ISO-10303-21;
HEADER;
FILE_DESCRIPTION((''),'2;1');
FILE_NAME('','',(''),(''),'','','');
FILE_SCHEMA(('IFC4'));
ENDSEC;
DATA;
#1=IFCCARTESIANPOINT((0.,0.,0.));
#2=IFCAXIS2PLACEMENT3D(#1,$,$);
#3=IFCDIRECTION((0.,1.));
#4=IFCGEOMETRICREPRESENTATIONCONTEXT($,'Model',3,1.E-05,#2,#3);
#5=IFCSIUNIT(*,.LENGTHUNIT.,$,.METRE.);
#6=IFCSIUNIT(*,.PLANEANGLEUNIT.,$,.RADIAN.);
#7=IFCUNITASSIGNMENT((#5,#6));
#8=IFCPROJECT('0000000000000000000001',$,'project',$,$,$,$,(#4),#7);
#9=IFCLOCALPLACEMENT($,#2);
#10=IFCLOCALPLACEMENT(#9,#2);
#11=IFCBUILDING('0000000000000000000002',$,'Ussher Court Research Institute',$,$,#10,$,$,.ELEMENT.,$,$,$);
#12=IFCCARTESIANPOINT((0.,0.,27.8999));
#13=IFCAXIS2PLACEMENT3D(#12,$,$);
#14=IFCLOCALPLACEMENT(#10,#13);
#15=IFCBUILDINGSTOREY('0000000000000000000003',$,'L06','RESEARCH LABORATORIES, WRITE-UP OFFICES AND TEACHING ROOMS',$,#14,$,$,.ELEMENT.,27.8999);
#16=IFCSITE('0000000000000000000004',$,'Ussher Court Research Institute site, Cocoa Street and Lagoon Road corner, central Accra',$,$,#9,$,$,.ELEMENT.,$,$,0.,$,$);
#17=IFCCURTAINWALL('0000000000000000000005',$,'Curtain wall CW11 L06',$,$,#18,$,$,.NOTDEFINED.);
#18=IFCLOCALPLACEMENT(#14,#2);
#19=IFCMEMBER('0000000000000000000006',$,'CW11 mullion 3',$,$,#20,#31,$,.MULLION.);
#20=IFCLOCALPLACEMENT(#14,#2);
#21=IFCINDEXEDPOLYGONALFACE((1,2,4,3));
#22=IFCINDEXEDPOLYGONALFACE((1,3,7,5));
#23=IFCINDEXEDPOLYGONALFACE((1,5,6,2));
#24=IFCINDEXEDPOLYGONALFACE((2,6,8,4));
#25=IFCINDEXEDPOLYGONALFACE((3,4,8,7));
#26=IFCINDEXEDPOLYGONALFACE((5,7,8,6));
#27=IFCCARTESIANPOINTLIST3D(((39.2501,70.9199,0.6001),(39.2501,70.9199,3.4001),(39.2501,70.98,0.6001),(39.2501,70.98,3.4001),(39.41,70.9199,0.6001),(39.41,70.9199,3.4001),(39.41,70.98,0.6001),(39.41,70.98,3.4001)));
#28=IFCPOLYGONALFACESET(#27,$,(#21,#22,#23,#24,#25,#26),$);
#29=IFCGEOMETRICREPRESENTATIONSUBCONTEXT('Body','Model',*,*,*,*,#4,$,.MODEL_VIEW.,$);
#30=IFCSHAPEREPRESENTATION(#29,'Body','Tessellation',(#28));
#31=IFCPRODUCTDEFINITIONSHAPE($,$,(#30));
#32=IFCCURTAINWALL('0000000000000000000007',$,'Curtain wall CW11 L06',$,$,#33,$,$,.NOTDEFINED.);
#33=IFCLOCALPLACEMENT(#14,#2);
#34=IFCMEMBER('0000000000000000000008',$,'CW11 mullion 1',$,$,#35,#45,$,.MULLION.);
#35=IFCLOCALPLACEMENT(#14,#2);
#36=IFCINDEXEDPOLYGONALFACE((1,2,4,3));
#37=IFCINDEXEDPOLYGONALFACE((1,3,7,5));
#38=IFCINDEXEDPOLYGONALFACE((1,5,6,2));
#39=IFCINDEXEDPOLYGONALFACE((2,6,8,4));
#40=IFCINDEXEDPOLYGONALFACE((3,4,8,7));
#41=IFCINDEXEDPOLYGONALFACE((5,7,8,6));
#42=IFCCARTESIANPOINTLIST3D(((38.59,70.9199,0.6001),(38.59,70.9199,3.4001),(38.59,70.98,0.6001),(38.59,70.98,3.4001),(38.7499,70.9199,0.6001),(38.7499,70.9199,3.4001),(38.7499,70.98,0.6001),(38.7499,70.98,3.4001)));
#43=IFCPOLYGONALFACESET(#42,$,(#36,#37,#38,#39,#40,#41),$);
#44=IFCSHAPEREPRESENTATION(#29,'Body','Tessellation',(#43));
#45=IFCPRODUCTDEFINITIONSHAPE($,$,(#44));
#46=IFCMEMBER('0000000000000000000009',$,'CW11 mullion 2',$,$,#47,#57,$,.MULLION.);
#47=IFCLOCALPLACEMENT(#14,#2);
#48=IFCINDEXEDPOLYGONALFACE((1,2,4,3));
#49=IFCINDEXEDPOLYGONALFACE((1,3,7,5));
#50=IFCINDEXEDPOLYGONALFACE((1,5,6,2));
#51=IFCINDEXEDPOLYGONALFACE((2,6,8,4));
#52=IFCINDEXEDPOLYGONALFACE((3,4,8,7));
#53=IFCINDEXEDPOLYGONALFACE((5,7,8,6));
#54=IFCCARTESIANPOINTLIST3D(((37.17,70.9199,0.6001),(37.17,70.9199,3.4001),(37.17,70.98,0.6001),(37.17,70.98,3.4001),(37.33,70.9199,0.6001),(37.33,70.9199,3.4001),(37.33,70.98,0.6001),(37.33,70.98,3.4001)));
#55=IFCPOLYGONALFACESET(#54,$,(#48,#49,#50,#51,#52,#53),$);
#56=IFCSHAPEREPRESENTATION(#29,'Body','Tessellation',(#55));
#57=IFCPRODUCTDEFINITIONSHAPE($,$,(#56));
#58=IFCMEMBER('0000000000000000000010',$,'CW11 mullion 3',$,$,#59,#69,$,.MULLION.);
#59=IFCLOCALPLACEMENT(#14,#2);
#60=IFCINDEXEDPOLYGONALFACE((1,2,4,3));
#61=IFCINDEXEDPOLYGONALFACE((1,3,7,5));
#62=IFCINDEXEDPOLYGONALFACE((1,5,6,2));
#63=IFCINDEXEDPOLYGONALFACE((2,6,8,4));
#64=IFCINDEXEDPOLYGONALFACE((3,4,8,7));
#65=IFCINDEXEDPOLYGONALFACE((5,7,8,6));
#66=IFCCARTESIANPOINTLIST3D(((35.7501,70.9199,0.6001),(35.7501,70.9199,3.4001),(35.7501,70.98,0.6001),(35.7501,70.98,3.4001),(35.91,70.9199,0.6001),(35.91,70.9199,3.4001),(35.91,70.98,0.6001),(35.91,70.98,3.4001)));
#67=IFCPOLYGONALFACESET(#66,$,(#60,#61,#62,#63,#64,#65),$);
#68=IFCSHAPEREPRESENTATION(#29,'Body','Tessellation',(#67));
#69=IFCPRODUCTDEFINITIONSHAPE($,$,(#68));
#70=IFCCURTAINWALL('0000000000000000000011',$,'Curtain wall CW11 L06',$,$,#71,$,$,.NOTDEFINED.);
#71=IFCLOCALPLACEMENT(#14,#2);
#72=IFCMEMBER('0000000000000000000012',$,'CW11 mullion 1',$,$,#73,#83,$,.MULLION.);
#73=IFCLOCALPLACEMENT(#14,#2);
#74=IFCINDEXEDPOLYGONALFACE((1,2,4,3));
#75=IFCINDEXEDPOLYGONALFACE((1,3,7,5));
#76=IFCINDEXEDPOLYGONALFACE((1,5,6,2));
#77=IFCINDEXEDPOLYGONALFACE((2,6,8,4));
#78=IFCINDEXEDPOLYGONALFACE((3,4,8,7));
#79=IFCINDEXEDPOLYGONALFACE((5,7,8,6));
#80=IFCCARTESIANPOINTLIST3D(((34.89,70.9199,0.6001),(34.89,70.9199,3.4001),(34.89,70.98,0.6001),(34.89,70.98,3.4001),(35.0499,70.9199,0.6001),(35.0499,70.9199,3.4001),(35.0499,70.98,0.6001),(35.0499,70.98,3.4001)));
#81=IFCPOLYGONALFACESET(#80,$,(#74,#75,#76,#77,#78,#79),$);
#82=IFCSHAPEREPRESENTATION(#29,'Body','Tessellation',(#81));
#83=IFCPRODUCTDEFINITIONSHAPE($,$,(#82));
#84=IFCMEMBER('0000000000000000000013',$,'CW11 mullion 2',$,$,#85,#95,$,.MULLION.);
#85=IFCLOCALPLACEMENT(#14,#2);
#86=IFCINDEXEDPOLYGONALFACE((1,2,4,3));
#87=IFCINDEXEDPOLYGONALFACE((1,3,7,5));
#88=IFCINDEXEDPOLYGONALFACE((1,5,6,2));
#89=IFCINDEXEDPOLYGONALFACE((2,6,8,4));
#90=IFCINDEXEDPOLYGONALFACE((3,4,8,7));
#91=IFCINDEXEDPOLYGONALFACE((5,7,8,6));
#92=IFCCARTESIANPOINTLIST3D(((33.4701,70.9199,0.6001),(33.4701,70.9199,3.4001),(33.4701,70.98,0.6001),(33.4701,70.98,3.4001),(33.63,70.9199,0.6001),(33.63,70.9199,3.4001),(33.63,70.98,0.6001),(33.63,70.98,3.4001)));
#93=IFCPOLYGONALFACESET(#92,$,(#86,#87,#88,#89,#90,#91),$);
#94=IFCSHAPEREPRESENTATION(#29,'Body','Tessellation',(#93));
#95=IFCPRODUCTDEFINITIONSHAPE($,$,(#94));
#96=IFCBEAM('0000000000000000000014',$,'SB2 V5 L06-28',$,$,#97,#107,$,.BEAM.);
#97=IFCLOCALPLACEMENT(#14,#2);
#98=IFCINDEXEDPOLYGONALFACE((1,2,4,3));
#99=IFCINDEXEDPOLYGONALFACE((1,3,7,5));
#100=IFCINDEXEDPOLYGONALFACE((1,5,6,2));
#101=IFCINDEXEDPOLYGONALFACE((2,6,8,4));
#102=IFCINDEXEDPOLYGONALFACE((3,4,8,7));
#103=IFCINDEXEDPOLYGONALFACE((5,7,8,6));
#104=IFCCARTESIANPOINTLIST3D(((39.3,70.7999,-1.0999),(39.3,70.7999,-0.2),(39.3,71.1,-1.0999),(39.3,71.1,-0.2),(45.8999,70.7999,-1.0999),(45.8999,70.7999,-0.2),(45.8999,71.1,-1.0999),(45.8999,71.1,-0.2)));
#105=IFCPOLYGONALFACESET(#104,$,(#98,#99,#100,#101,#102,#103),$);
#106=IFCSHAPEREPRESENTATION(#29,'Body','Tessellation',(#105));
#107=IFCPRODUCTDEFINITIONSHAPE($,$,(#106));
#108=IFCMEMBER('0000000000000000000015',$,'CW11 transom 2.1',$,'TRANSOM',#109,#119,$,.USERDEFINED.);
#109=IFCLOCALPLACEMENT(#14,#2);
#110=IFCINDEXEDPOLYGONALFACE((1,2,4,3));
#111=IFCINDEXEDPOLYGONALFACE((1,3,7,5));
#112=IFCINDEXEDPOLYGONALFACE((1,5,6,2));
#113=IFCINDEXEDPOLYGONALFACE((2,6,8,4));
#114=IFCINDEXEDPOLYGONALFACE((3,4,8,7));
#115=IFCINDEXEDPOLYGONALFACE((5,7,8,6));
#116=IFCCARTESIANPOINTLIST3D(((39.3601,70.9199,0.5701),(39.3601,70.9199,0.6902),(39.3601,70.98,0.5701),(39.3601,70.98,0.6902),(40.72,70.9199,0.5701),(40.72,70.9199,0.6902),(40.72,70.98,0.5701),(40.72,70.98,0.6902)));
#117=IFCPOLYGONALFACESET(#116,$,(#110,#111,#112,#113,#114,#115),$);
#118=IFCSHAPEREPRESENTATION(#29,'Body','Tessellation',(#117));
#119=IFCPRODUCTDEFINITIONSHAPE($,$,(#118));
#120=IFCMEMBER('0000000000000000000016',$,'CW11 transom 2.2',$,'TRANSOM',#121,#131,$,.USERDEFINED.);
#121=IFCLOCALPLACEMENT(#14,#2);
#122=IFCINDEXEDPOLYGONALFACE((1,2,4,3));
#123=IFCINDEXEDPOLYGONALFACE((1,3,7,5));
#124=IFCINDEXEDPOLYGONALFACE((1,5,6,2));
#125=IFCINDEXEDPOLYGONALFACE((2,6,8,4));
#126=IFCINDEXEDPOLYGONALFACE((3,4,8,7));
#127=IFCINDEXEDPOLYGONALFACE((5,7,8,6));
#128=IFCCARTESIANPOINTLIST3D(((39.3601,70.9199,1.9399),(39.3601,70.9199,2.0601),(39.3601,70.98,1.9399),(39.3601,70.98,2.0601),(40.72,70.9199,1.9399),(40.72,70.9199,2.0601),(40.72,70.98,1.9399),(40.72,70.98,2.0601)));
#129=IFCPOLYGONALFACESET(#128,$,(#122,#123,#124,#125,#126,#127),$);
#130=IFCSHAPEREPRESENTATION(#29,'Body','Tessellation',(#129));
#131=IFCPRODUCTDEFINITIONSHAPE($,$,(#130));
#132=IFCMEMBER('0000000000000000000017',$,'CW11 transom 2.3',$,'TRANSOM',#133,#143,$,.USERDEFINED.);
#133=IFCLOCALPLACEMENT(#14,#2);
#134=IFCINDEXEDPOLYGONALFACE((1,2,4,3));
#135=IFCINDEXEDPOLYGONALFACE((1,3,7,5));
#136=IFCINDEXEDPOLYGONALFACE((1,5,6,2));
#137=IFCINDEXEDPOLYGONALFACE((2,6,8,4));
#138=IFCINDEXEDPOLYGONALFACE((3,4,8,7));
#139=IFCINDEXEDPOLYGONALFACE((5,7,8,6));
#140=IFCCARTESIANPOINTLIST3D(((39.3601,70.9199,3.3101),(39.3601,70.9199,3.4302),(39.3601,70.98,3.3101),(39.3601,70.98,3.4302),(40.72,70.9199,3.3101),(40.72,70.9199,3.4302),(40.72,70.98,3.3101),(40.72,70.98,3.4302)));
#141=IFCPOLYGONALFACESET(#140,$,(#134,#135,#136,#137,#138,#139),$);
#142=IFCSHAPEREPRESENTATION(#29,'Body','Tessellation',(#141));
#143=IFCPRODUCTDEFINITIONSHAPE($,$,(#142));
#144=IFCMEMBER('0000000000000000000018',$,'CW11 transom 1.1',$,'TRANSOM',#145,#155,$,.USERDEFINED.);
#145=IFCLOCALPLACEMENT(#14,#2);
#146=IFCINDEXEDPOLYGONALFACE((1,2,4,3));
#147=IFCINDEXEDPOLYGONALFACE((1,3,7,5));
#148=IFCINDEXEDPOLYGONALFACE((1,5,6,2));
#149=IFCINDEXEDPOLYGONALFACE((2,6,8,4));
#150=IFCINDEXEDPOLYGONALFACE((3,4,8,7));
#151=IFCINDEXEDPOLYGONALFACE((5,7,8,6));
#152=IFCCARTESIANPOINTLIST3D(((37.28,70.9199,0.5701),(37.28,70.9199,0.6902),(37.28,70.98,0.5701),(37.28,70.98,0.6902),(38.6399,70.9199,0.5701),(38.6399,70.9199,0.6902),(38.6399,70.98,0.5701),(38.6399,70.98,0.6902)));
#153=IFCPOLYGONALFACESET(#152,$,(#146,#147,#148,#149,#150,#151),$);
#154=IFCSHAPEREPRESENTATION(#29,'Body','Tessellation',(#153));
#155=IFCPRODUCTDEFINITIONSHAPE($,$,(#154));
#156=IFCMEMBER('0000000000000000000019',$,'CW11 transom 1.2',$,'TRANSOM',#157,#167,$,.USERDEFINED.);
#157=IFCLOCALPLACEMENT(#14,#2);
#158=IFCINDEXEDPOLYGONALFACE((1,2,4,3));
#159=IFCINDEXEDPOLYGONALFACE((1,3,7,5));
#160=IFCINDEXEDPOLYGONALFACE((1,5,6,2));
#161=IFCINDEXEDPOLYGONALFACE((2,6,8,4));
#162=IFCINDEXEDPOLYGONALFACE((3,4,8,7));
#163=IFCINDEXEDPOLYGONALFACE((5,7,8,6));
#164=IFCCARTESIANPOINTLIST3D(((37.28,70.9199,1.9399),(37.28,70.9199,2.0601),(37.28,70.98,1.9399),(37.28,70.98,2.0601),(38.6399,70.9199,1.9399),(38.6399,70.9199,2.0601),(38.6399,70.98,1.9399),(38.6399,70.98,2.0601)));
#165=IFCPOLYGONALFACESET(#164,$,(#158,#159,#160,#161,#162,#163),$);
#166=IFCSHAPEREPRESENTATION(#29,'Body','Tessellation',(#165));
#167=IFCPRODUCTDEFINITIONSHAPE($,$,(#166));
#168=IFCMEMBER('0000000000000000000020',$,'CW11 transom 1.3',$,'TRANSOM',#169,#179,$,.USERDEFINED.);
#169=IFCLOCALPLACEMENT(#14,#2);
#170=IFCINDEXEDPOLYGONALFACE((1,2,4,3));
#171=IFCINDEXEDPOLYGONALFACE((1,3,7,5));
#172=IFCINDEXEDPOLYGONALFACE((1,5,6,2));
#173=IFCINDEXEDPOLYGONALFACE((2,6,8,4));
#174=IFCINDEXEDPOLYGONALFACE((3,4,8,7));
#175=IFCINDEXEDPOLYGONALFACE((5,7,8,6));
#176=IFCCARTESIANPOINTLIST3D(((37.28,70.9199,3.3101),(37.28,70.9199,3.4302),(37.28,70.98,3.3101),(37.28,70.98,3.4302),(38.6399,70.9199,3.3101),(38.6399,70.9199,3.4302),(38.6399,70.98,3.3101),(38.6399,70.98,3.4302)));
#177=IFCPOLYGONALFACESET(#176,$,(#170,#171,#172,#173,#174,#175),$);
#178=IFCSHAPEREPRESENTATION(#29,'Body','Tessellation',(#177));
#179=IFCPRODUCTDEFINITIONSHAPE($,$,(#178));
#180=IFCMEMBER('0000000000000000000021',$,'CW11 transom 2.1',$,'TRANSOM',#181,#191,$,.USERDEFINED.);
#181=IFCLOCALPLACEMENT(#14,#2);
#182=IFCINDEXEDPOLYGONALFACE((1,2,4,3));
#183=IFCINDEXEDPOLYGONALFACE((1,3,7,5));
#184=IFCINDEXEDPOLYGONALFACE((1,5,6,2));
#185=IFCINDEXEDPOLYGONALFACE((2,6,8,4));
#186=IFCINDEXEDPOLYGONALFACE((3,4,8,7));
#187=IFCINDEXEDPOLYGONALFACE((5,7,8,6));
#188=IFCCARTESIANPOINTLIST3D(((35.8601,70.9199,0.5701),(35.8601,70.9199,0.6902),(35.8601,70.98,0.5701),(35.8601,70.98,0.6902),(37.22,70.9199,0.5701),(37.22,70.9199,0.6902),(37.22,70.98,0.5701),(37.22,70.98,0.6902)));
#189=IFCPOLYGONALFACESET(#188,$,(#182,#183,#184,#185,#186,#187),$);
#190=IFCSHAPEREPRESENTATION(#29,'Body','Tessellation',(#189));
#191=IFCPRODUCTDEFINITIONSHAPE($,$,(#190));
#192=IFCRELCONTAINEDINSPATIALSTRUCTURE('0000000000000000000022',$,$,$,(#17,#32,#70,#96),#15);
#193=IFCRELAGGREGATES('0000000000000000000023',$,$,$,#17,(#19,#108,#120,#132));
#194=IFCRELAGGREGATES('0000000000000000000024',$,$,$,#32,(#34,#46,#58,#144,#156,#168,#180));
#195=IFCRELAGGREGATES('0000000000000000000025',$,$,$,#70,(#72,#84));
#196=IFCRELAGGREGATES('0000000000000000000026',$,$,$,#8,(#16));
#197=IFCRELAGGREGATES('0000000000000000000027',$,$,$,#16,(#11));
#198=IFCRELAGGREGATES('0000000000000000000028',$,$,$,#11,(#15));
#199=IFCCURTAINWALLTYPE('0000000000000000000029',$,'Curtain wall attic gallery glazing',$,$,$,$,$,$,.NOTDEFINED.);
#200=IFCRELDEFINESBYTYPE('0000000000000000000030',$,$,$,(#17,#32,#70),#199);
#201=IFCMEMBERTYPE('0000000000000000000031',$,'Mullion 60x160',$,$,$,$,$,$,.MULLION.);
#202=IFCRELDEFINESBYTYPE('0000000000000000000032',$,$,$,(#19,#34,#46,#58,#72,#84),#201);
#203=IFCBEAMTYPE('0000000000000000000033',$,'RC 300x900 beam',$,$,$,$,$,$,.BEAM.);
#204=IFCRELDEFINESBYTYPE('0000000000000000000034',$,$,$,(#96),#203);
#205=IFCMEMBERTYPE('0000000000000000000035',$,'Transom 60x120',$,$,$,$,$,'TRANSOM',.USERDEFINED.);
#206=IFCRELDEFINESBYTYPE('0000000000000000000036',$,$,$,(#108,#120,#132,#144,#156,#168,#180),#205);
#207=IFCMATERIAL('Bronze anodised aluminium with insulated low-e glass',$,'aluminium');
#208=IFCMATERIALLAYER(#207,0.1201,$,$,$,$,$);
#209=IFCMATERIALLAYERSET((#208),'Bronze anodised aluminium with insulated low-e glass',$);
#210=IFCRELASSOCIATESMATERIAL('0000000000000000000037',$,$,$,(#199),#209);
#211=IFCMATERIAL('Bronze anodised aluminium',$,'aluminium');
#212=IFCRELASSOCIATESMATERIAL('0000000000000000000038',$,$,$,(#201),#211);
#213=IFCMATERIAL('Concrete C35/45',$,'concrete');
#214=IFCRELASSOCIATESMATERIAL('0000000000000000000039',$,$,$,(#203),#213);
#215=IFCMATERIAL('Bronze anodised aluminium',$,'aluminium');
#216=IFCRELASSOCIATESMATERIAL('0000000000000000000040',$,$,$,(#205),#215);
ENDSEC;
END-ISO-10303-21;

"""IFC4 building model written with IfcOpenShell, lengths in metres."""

from ifc_helpers import new_model, si_unit, direction, frame, origin, origin_2d, place, context, subcontext, project, spatial, rectangle, extrude, material, layer, layer_set, material_profile, profile_set, type_object, element, aggregate, save


model = new_model("IFC4")

# Units and contexts
model_context = context("Model", 3, precision=1e-05, world=origin(), true_north=direction((0.0, 1.0)))
body_context = subcontext(model_context, "Body", "Model", "MODEL_VIEW")
ifc_project = project(units=[si_unit("LENGTHUNIT", "METRE"), si_unit("PLANEANGLEUNIT", "RADIAN")], contexts=[model_context])

# Site, building, storey
site_placement = place(None, origin())
site = spatial("IfcSite", under=ifc_project, at=site_placement, Name="Ussher Court Research Institute site, Cocoa Street and Lagoon Road corner, central Accra", CompositionType="ELEMENT", RefElevation=0.0)
building_placement = place(site_placement, origin())
building = spatial("IfcBuilding", under=site, at=building_placement, Name="Ussher Court Research Institute", CompositionType="ELEMENT")
storey_placement = place(building_placement, frame((0.0, 0.0, 27.8999)))
storey = spatial("IfcBuildingStorey", under=building, at=storey_placement, Name="L06", Description="RESEARCH LABORATORIES, WRITE-UP OFFICES AND TEACHING ROOMS", CompositionType="ELEMENT", Elevation=27.8999)

# Curtain wall, member
ifc_material_1 = material(Name="Bronze anodised aluminium with insulated low-e glass", Category="aluminium")
ifc_layer_1 = layer(ifc_material_1, 0.1201)
ifc_layer_set_1 = layer_set([ifc_layer_1], Name="Bronze anodised aluminium with insulated low-e glass")
curtain_wall_type = type_object("IfcCurtainWallType", Name="Curtain wall attic gallery glazing", PredefinedType="NOTDEFINED", material=ifc_layer_set_1)
curtain_wall_1_placement = place(storey_placement, origin())
curtain_wall_1 = element("IfcCurtainWall", 1, at=curtain_wall_1_placement, inside=storey, type_object=curtain_wall_type, Name="Curtain wall CW11 L06", PredefinedType="NOTDEFINED")
ifc_material_2 = material(Name="Bronze anodised aluminium", Category="aluminium")
ifc_material_profile_1 = material_profile(ifc_material_2, rectangle(XDim=0.0601, YDim=0.1599, at=origin_2d()), Name="Mullion 60x160")
ifc_profile_set_1 = profile_set([ifc_material_profile_1], Name="Bronze anodised aluminium")
member_type_1 = type_object("IfcMemberType", Name="Mullion 60x160", PredefinedType="MULLION", material=ifc_profile_set_1)
member_1_placement = place(storey_placement, frame((39.3301, 70.95, 0.6001), z_axis=(0.0, 0.0, 1.0), x_axis=(0.0, -1.0, 0.0)))
member_1 = element("IfcMember", 2, at=member_1_placement, type_object=member_type_1, Name="CW11 mullion 3", PredefinedType="MULLION", context=body_context, shape_type="SweptSolid", body=[
    extrude(rectangle(XDim=0.0601, YDim=0.1599, at=origin_2d()), origin(), (0.0, 0.0, 1.0), 2.8),
])

# Curtain walls, members
curtain_wall_2_placement = place(storey_placement, origin())
curtain_wall_2 = element("IfcCurtainWall", 3, at=curtain_wall_2_placement, inside=storey, type_object=curtain_wall_type, Name="Curtain wall CW11 L06", PredefinedType="NOTDEFINED")
member_2_placement = place(storey_placement, frame((38.6699, 70.95, 0.6001), z_axis=(0.0, 0.0, 1.0), x_axis=(0.0, -1.0, 0.0)))
member_2 = element("IfcMember", 4, at=member_2_placement, type_object=member_type_1, Name="CW11 mullion 1", PredefinedType="MULLION", context=body_context, shape_type="SweptSolid", body=[
    extrude(rectangle(XDim=0.0601, YDim=0.1599, at=origin_2d()), origin(), (0.0, 0.0, 1.0), 2.8),
])
member_3_placement = place(storey_placement, frame((37.25, 70.95, 0.6001), z_axis=(0.0, 0.0, 1.0), x_axis=(0.0, -1.0, 0.0)))
member_3 = element("IfcMember", 5, at=member_3_placement, type_object=member_type_1, Name="CW11 mullion 2", PredefinedType="MULLION", context=body_context, shape_type="SweptSolid", body=[
    extrude(rectangle(XDim=0.0601, YDim=0.1599, at=origin_2d()), origin(), (0.0, 0.0, 1.0), 2.8),
])
member_4_placement = place(storey_placement, frame((35.8301, 70.95, 0.6001), z_axis=(0.0, 0.0, 1.0), x_axis=(0.0, -1.0, 0.0)))
member_4 = element("IfcMember", 6, at=member_4_placement, type_object=member_type_1, Name="CW11 mullion 3", PredefinedType="MULLION", context=body_context, shape_type="SweptSolid", body=[
    extrude(rectangle(XDim=0.0601, YDim=0.1599, at=origin_2d()), origin(), (0.0, 0.0, 1.0), 2.8),
])
curtain_wall_3_placement = place(storey_placement, origin())
curtain_wall_3 = element("IfcCurtainWall", 7, at=curtain_wall_3_placement, inside=storey, type_object=curtain_wall_type, Name="Curtain wall CW11 L06", PredefinedType="NOTDEFINED")
member_5_placement = place(storey_placement, frame((34.97, 70.95, 0.6001), z_axis=(0.0, 0.0, 1.0), x_axis=(0.0, -1.0, 0.0)))
member_5 = element("IfcMember", 8, at=member_5_placement, type_object=member_type_1, Name="CW11 mullion 1", PredefinedType="MULLION", context=body_context, shape_type="SweptSolid", body=[
    extrude(rectangle(XDim=0.0601, YDim=0.1599, at=origin_2d()), origin(), (0.0, 0.0, 1.0), 2.8),
])
member_6_placement = place(storey_placement, frame((33.55, 70.95, 0.6001), z_axis=(0.0, 0.0, 1.0), x_axis=(0.0, -1.0, 0.0)))
member_6 = element("IfcMember", 9, at=member_6_placement, type_object=member_type_1, Name="CW11 mullion 2", PredefinedType="MULLION", context=body_context, shape_type="SweptSolid", body=[
    extrude(rectangle(XDim=0.0601, YDim=0.1599, at=origin_2d()), origin(), (0.0, 0.0, 1.0), 2.8),
])

# Beam
ifc_material_3 = material(Name="Concrete C35/45", Category="concrete")
ifc_material_profile_2 = material_profile(ifc_material_3, rectangle(XDim=0.3, YDim=0.8999, at=origin_2d()), Name="RC 300x900")
ifc_profile_set_2 = profile_set([ifc_material_profile_2], Name="Concrete C35/45")
beam_type = type_object("IfcBeamType", Name="RC 300x900 beam", PredefinedType="BEAM", material=ifc_profile_set_2)
beam_placement = place(storey_placement, frame((39.3, 70.95, -0.6499), z_axis=(1.0, 0.0, 0.0), x_axis=(0.0, 1.0, 0.0)))
element("IfcBeam", 10, at=beam_placement, inside=storey, type_object=beam_type, Name="SB2 V5 L06-28", PredefinedType="BEAM", context=body_context, shape_type="SweptSolid", body=[
    extrude(rectangle(XDim=0.3, YDim=0.8999, at=origin_2d()), origin(), (0.0, 0.0, 1.0), 6.5999),
])

# Members
ifc_material_4 = material(Name="Bronze anodised aluminium", Category="aluminium")
ifc_material_profile_3 = material_profile(ifc_material_4, rectangle(XDim=0.0601, YDim=0.1201, at=origin_2d()), Name="Transom 60x120")
ifc_profile_set_3 = profile_set([ifc_material_profile_3], Name="Bronze anodised aluminium")
member_type_2 = type_object("IfcMemberType", Name="Transom 60x120", ElementType="TRANSOM", PredefinedType="USERDEFINED", material=ifc_profile_set_3)
member_7_placement = place(storey_placement, frame((40.72, 70.95, 0.6301), z_axis=(-1.0, 0.0, 0.0), x_axis=(0.0, -1.0, 0.0)))
member_7 = element("IfcMember", 11, at=member_7_placement, type_object=member_type_2, Name="CW11 transom 2.1", ObjectType="TRANSOM", PredefinedType="USERDEFINED", context=body_context, shape_type="SweptSolid", body=[
    extrude(rectangle(XDim=0.0601, YDim=0.1201, at=origin_2d()), origin(), (0.0, 0.0, 1.0), 1.3599),
])
member_8_placement = place(storey_placement, frame((40.72, 70.95, 2.0), z_axis=(-1.0, 0.0, 0.0), x_axis=(0.0, -1.0, 0.0)))
member_8 = element("IfcMember", 12, at=member_8_placement, type_object=member_type_2, Name="CW11 transom 2.2", ObjectType="TRANSOM", PredefinedType="USERDEFINED", context=body_context, shape_type="SweptSolid", body=[
    extrude(rectangle(XDim=0.0601, YDim=0.1201, at=origin_2d()), origin(), (0.0, 0.0, 1.0), 1.3599),
])
member_9_placement = place(storey_placement, frame((40.72, 70.95, 3.3701), z_axis=(-1.0, 0.0, 0.0), x_axis=(0.0, -1.0, 0.0)))
member_9 = element("IfcMember", 13, at=member_9_placement, type_object=member_type_2, Name="CW11 transom 2.3", ObjectType="TRANSOM", PredefinedType="USERDEFINED", context=body_context, shape_type="SweptSolid", body=[
    extrude(rectangle(XDim=0.0601, YDim=0.1201, at=origin_2d()), origin(), (0.0, 0.0, 1.0), 1.3599),
])
member_10_placement = place(storey_placement, frame((38.6399, 70.95, 0.6301), z_axis=(-1.0, 0.0, 0.0), x_axis=(0.0, -1.0, 0.0)))
member_10 = element("IfcMember", 14, at=member_10_placement, type_object=member_type_2, Name="CW11 transom 1.1", ObjectType="TRANSOM", PredefinedType="USERDEFINED", context=body_context, shape_type="SweptSolid", body=[
    extrude(rectangle(XDim=0.0601, YDim=0.1201, at=origin_2d()), origin(), (0.0, 0.0, 1.0), 1.3599),
])
member_11_placement = place(storey_placement, frame((38.6399, 70.95, 2.0), z_axis=(-1.0, 0.0, 0.0), x_axis=(0.0, -1.0, 0.0)))
member_11 = element("IfcMember", 15, at=member_11_placement, type_object=member_type_2, Name="CW11 transom 1.2", ObjectType="TRANSOM", PredefinedType="USERDEFINED", context=body_context, shape_type="SweptSolid", body=[
    extrude(rectangle(XDim=0.0601, YDim=0.1201, at=origin_2d()), origin(), (0.0, 0.0, 1.0), 1.3599),
])
member_12_placement = place(storey_placement, frame((38.6399, 70.95, 3.3701), z_axis=(-1.0, 0.0, 0.0), x_axis=(0.0, -1.0, 0.0)))
member_12 = element("IfcMember", 16, at=member_12_placement, type_object=member_type_2, Name="CW11 transom 1.3", ObjectType="TRANSOM", PredefinedType="USERDEFINED", context=body_context, shape_type="SweptSolid", body=[
    extrude(rectangle(XDim=0.0601, YDim=0.1201, at=origin_2d()), origin(), (0.0, 0.0, 1.0), 1.3599),
])
member_13_placement = place(storey_placement, frame((37.22, 70.95, 0.6301), z_axis=(-1.0, 0.0, 0.0), x_axis=(0.0, -1.0, 0.0)))
member_13 = element("IfcMember", 17, at=member_13_placement, type_object=member_type_2, Name="CW11 transom 2.1", ObjectType="TRANSOM", PredefinedType="USERDEFINED", context=body_context, shape_type="SweptSolid", body=[
    extrude(rectangle(XDim=0.0601, YDim=0.1201, at=origin_2d()), origin(), (0.0, 0.0, 1.0), 1.3599),
])

aggregate(curtain_wall_1, [member_1, member_7, member_8, member_9])
aggregate(curtain_wall_2, [member_2, member_3, member_4, member_10, member_11, member_12, member_13])
aggregate(curtain_wall_3, [member_5, member_6])

save(model, "model.ifc")
